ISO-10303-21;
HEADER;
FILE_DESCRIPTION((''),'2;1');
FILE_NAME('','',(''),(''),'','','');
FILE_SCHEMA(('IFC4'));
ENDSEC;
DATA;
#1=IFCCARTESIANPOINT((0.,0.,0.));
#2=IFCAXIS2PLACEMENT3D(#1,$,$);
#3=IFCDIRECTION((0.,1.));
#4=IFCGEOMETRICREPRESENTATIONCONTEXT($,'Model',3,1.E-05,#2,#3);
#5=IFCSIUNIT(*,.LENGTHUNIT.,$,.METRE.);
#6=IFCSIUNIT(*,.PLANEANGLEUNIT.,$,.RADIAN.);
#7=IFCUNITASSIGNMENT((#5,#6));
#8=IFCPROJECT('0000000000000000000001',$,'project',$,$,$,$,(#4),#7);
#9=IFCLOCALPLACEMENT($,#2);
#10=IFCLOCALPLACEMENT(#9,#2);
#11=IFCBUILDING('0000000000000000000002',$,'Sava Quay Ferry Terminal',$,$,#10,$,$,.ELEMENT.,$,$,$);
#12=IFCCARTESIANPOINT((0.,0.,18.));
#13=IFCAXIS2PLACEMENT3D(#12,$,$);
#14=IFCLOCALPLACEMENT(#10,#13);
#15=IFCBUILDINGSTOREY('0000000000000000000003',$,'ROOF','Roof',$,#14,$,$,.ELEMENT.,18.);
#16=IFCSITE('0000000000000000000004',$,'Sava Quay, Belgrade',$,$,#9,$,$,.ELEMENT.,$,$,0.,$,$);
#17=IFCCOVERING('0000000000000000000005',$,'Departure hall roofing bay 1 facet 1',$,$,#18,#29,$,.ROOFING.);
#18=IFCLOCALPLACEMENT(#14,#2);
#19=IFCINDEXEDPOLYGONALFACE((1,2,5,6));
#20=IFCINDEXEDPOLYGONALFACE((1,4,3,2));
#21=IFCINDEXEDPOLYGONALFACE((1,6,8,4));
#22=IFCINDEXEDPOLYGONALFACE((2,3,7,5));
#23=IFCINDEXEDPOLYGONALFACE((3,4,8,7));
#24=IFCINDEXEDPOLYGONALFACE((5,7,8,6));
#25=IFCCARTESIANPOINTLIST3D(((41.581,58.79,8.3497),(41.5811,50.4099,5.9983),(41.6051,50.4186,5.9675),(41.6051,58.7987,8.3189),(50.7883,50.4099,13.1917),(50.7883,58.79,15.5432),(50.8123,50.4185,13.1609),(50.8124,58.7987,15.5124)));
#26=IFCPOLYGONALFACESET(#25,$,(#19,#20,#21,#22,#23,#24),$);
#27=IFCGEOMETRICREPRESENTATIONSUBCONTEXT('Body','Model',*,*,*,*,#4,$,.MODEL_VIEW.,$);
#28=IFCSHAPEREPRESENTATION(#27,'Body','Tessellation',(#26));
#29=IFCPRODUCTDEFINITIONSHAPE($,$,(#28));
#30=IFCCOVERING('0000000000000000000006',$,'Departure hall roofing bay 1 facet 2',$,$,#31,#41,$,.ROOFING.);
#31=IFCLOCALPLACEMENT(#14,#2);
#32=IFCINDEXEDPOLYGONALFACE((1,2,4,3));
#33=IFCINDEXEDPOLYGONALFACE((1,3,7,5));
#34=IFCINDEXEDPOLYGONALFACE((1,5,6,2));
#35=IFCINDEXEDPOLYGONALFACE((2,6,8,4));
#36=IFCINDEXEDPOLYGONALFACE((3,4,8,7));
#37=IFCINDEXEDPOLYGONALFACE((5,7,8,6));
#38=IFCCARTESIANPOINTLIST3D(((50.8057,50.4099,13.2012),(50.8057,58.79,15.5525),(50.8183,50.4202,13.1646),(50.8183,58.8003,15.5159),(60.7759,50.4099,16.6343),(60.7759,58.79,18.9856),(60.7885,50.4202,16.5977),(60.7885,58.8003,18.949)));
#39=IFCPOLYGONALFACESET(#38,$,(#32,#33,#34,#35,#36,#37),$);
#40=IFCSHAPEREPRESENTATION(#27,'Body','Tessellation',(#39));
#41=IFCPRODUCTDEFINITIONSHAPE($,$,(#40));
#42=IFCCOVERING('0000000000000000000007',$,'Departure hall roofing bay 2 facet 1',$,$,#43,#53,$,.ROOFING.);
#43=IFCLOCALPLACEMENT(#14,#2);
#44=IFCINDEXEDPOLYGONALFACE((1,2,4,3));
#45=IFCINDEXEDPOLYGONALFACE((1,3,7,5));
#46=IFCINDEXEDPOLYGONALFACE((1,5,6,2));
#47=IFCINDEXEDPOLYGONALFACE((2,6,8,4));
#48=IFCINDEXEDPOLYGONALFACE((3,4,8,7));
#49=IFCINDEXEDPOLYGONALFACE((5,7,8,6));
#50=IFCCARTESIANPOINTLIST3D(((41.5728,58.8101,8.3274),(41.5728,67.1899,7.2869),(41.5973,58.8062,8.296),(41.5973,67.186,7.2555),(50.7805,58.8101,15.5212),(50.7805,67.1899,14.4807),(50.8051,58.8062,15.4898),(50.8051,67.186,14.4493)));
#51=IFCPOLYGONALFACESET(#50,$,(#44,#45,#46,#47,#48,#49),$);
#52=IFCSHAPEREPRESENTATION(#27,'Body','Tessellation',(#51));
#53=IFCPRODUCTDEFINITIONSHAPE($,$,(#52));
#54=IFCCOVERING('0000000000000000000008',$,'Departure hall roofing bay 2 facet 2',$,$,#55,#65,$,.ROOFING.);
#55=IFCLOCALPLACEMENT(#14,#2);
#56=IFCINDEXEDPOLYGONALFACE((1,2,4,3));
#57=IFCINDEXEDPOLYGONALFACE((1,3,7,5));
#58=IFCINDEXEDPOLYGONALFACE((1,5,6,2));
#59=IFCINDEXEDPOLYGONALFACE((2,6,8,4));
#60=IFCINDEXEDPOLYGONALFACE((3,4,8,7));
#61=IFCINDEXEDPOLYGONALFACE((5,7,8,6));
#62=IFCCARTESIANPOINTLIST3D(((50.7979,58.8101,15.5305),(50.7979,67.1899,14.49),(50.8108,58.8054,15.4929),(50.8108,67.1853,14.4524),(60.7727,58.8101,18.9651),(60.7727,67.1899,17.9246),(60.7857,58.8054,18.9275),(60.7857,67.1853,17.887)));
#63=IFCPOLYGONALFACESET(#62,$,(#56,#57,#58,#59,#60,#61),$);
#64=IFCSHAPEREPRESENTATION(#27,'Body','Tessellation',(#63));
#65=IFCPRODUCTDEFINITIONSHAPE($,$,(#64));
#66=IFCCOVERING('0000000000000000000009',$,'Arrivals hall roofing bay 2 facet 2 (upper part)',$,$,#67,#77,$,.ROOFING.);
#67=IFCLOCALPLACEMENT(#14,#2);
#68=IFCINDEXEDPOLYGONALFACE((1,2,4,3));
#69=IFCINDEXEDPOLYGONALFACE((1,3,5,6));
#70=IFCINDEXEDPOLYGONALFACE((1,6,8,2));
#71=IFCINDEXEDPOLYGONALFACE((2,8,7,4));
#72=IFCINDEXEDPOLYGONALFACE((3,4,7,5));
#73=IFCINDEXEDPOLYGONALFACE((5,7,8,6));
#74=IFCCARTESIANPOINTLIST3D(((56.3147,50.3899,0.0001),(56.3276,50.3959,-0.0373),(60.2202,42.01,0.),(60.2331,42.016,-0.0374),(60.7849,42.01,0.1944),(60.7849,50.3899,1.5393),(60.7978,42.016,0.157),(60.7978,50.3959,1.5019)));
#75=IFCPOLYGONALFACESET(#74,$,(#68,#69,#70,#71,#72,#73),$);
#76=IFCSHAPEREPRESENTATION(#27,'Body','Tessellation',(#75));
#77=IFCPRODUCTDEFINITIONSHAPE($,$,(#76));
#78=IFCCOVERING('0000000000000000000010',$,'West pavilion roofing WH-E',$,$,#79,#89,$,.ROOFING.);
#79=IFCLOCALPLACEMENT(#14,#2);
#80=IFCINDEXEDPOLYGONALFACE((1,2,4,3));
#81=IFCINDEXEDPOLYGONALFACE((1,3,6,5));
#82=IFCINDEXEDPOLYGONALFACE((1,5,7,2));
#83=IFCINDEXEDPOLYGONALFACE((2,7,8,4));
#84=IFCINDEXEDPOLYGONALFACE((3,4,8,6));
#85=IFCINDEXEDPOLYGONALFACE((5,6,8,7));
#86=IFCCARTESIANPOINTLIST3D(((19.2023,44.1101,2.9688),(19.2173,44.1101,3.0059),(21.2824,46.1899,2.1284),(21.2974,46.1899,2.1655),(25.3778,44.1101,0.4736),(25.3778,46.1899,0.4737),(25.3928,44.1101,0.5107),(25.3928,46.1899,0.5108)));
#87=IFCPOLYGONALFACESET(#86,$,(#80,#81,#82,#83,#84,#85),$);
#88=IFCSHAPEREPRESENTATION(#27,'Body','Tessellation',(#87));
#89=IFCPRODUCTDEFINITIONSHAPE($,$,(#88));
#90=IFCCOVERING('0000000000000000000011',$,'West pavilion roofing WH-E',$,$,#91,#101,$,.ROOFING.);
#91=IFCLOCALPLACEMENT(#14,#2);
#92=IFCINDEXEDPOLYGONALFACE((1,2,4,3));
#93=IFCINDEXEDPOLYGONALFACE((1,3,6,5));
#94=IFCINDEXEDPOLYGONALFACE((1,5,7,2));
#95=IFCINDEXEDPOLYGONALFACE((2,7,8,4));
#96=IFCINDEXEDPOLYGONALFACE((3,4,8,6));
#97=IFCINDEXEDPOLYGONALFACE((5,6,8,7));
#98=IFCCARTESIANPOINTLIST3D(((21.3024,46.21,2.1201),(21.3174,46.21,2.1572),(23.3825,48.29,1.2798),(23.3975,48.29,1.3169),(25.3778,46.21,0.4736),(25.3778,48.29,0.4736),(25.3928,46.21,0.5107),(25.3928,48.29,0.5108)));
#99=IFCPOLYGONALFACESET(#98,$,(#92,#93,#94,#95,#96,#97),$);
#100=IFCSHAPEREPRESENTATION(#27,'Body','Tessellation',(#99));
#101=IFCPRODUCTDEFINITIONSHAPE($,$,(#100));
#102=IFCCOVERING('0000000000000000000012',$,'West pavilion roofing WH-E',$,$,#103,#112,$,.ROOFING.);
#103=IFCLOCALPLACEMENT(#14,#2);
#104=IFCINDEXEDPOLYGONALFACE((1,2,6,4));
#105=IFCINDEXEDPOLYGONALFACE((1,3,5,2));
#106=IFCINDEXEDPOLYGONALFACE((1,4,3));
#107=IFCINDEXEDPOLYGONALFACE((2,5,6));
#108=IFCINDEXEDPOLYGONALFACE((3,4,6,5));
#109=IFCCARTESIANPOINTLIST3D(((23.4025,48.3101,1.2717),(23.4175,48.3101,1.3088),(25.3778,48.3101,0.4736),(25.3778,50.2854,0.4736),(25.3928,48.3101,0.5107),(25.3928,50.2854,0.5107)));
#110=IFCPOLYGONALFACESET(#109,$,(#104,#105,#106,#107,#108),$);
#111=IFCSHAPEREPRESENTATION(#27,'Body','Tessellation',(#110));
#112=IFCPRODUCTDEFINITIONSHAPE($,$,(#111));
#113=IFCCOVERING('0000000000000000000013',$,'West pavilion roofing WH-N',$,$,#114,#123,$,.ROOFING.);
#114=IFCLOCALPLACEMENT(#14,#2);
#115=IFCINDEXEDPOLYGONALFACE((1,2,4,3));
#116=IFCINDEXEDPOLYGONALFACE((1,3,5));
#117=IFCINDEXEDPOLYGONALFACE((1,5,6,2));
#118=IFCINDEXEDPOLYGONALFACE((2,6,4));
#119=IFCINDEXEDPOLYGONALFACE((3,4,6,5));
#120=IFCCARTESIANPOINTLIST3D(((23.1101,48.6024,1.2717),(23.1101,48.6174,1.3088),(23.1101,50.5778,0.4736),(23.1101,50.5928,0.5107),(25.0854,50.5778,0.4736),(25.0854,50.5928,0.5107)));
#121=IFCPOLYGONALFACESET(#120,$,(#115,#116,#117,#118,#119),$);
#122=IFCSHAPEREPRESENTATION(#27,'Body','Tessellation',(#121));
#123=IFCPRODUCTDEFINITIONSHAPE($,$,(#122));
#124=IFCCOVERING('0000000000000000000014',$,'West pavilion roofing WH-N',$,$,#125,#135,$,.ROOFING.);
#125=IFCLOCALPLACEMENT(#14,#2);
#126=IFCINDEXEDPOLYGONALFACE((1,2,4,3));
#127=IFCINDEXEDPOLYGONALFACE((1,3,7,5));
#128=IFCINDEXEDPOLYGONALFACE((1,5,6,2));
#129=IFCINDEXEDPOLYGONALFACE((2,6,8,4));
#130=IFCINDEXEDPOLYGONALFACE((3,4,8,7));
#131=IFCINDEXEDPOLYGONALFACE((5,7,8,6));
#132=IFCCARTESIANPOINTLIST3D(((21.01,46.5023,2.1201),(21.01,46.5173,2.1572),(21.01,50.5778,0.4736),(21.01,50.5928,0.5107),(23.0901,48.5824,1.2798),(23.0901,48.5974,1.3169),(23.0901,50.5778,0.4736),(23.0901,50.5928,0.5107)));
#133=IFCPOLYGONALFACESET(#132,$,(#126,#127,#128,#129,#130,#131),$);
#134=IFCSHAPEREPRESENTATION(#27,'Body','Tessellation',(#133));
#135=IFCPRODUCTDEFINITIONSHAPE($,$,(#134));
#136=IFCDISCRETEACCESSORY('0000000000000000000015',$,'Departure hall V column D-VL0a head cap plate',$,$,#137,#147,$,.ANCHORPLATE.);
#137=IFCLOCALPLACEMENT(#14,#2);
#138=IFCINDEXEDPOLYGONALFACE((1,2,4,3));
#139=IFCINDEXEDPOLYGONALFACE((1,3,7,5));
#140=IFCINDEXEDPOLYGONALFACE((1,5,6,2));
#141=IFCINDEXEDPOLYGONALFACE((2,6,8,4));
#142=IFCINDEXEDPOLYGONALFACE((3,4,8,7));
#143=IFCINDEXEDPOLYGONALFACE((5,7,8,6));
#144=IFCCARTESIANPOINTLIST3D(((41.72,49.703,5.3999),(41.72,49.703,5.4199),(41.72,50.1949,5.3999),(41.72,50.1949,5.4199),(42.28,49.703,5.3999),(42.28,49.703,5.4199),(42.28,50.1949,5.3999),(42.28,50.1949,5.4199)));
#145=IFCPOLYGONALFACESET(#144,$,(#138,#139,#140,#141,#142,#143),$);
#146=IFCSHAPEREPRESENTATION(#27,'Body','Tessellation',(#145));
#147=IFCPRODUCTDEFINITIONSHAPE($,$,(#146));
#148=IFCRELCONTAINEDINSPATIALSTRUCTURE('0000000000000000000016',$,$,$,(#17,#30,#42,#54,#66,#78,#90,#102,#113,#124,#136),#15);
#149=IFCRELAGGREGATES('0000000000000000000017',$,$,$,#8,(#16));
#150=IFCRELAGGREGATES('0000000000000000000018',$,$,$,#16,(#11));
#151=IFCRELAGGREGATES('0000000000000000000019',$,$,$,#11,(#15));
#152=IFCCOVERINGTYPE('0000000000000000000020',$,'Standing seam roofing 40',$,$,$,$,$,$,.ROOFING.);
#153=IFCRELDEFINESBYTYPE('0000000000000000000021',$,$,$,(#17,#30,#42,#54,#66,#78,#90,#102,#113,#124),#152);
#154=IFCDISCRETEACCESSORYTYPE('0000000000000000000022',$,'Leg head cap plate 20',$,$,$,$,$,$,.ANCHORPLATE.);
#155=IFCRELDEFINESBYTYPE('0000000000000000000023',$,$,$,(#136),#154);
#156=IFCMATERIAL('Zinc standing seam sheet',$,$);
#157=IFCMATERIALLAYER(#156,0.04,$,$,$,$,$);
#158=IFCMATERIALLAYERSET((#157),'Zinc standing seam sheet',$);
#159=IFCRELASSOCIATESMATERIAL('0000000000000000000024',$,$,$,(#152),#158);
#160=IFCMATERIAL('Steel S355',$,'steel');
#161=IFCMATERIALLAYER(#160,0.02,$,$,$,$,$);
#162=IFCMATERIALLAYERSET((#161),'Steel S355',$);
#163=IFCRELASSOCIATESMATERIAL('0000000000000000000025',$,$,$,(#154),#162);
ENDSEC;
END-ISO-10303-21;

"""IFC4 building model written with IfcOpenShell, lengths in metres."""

from ifc_helpers import new_model, si_unit, direction, frame, origin, origin_2d, place, context, subcontext, project, spatial, polyline, rectangle, outline, extrude, material, layer, layer_set, type_object, element, save


model = new_model("IFC4")

# Units and contexts
model_context = context("Model", 3, precision=1e-05, world=origin(), true_north=direction((0.0, 1.0)))
body_context = subcontext(model_context, "Body", "Model", "MODEL_VIEW")
ifc_project = project(units=[si_unit("LENGTHUNIT", "METRE"), si_unit("PLANEANGLEUNIT", "RADIAN")], contexts=[model_context])

# Site, building, storey
site_placement = place(None, origin())
site = spatial("IfcSite", under=ifc_project, at=site_placement, Name="Sava Quay, Belgrade", CompositionType="ELEMENT", RefElevation=0.0)
building_placement = place(site_placement, origin())
building = spatial("IfcBuilding", under=site, at=building_placement, Name="Sava Quay Ferry Terminal", CompositionType="ELEMENT")
storey_placement = place(building_placement, frame((0.0, 0.0, 18.0)))
storey = spatial("IfcBuildingStorey", under=building, at=storey_placement, Name="ROOF", Description="Roof", CompositionType="ELEMENT", Elevation=18.0)

# Coverings
ifc_material_1 = material(Name="Zinc standing seam sheet")
ifc_layer_1 = layer(ifc_material_1, 0.04)
ifc_layer_set_1 = layer_set([ifc_layer_1], Name="Zinc standing seam sheet")
covering_type_1 = type_object("IfcCoveringType", Name="Standing seam roofing 40", PredefinedType="ROOFING", material=ifc_layer_set_1)
covering_1_placement = place(storey_placement, frame((41.5811, 50.4099, 5.9983), z_axis=(-0.60114, -0.215899, 0.769427), x_axis=(-0.000006, 0.962816, 0.270158)))
element("IfcCovering", 1, at=covering_1_placement, inside=storey, type_object=covering_type_1, Name="Departure hall roofing bay 1 facet 1", PredefinedType="ROOFING", context=body_context, shape_type="SweptSolid", body=[
    extrude(outline(polyline([(0.0, 0.0), (8.7037, 0.0), (10.6471, -11.5215), (1.9433, -11.5214), (0.0, 0.0)])), origin(), (0.0, 0.0, -1.0), 0.04),
])
covering_2_placement = place(storey_placement, frame((50.8057, 50.4099, 13.2012), z_axis=(-0.314689, -0.256425, 0.913902), x_axis=(0.0, 0.962818, 0.27015)))
element("IfcCovering", 2, at=covering_2_placement, inside=storey, type_object=covering_type_1, Name="Departure hall roofing bay 1 facet 2", PredefinedType="ROOFING", context=body_context, shape_type="SweptSolid", body=[
    extrude(outline(polyline([(0.0, 0.0), (8.7037, 0.0), (9.6312, -10.5039), (0.9275, -10.5039), (0.0, 0.0)])), origin(), (0.0, 0.0, -1.0), 0.04),
])
covering_3_placement = place(storey_placement, frame((41.5728, 58.8101, 8.3274), z_axis=(-0.612733, 0.097382, 0.784267), x_axis=(0.0, 0.992379, -0.123223)))
element("IfcCovering", 3, at=covering_3_placement, inside=storey, type_object=covering_type_1, Name="Departure hall roofing bay 2 facet 1", PredefinedType="ROOFING", context=body_context, shape_type="SweptSolid", body=[
    extrude(outline(polyline([(0.0, 0.0), (8.4442, 0.0), (7.5578, -11.6511), (-0.8865, -11.6511), (0.0, 0.0)])), origin(), (0.0, 0.0, -1.0), 0.04),
])
covering_4_placement = place(storey_placement, frame((50.7979, 58.8101, 15.5305), z_axis=(-0.323343, 0.116604, 0.93907), x_axis=(0.0, 0.992379, -0.123223)))
element("IfcCovering", 4, at=covering_4_placement, inside=storey, type_object=covering_type_1, Name="Departure hall roofing bay 2 facet 2", PredefinedType="ROOFING", context=body_context, shape_type="SweptSolid", body=[
    extrude(outline(polyline([(0.0, 0.0), (8.4442, 0.0), (8.021, -10.5411), (-0.4232, -10.5411), (0.0, 0.0)])), origin(), (0.0, 0.0, -1.0), 0.04),
])
covering_5_placement = place(storey_placement, frame((60.7849, 50.3899, 1.5393), z_axis=(-0.321881, -0.150027, 0.934818), x_axis=(-0.000004, -0.987365, -0.158461)))
element("IfcCovering", 5, at=covering_5_placement, inside=storey, type_object=covering_type_1, Name="Arrivals hall roofing bay 2 facet 2 (upper part)", PredefinedType="ROOFING", context=body_context, shape_type="SweptSolid", body=[
    extrude(outline(polyline([(0.0, 0.0), (8.4871, 0.0), (8.5179, -0.5964), (0.2439, -4.7215), (0.0, 0.0)])), origin(), (0.0, 0.0, -1.0), 0.04),
])
covering_6_placement = place(storey_placement, frame((21.2974, 46.1899, 2.1655), z_axis=(0.374618, -0.000023, 0.927179), x_axis=(0.927179, 0.0, -0.374618)))
element("IfcCovering", 6, at=covering_6_placement, inside=storey, type_object=covering_type_1, Name="West pavilion roofing WH-E", PredefinedType="ROOFING", context=body_context, shape_type="SweptSolid", body=[
    extrude(outline(polyline([(0.0, 0.0), (4.4171, 0.0), (4.4171, -2.0798), (-2.2434, -2.0798), (0.0, 0.0)])), origin(), (0.0, 0.0, -1.0), 0.04),
])
covering_7_placement = place(storey_placement, frame((23.3975, 48.29, 1.3169), z_axis=(0.37459, -0.000007, 0.927191), x_axis=(0.927191, 0.0, -0.37459)))
element("IfcCovering", 7, at=covering_7_placement, inside=storey, type_object=covering_type_1, Name="West pavilion roofing WH-E", PredefinedType="ROOFING", context=body_context, shape_type="SweptSolid", body=[
    extrude(outline(polyline([(0.0, 0.0), (2.1521, 0.0), (2.1521, -2.0801), (-2.2434, -2.0801), (0.0, 0.0)])), origin(), (0.0, 0.0, -1.0), 0.04),
])
covering_8_placement = place(storey_placement, frame((25.3928, 50.2854, 0.5107), z_axis=(0.374609, 0.0, 0.927183), x_axis=(0.0, -1.0, 0.0)))
element("IfcCovering", 8, at=covering_8_placement, inside=storey, type_object=covering_type_1, Name="West pavilion roofing WH-E", PredefinedType="ROOFING", context=body_context, shape_type="SweptSolid", body=[
    extrude(outline(polyline([(0.0, 0.0), (1.9753, 0.0), (1.9753, -2.1305), (0.0, 0.0)])), origin(), (0.0, 0.0, -1.0), 0.04),
])
covering_9_placement = place(storey_placement, frame((23.1101, 48.6174, 1.3088), z_axis=(0.0, 0.374609, 0.927183), x_axis=(0.0, 0.927183, -0.374609)))
element("IfcCovering", 9, at=covering_9_placement, inside=storey, type_object=covering_type_1, Name="West pavilion roofing WH-N", PredefinedType="ROOFING", context=body_context, shape_type="SweptSolid", body=[
    extrude(outline(polyline([(0.0, 0.0), (2.1305, 0.0), (2.1305, -1.9753), (0.0, 0.0)])), origin(), (0.0, 0.0, -1.0), 0.04),
])
covering_10_placement = place(storey_placement, frame((21.01, 46.5173, 2.1572), z_axis=(-0.000007, 0.37459, 0.927191), x_axis=(0.0, 0.927191, -0.37459)))
element("IfcCovering", 10, at=covering_10_placement, inside=storey, type_object=covering_type_1, Name="West pavilion roofing WH-N", PredefinedType="ROOFING", context=body_context, shape_type="SweptSolid", body=[
    extrude(outline(polyline([(0.0, 0.0), (4.3955, 0.0), (4.3955, -2.0801), (2.2434, -2.0801), (0.0, 0.0)])), origin(), (0.0, 0.0, -1.0), 0.04),
])

# Discrete accessory
ifc_material_2 = material(Name="Steel S355", Category="steel")
ifc_layer_2 = layer(ifc_material_2, 0.02)
ifc_layer_set_2 = layer_set([ifc_layer_2], Name="Steel S355")
discrete_accessory_type = type_object("IfcDiscreteAccessoryType", Name="Leg head cap plate 20", PredefinedType="ANCHORPLATE", material=ifc_layer_set_2)
discrete_accessory_placement = place(storey_placement, frame((42.0, 49.949, 5.3999), z_axis=(0.0, 0.0, 1.0), x_axis=(1.0, 0.0, 0.0)))
element("IfcDiscreteAccessory", 11, at=discrete_accessory_placement, inside=storey, type_object=discrete_accessory_type, Name="Departure hall V column D-VL0a head cap plate", PredefinedType="ANCHORPLATE", context=body_context, shape_type="SweptSolid", body=[
    extrude(rectangle(XDim=0.5601, YDim=0.4919, at=origin_2d()), origin(), (0.0, 0.0, 1.0), 0.02),
])

save(model, "model.ifc")
